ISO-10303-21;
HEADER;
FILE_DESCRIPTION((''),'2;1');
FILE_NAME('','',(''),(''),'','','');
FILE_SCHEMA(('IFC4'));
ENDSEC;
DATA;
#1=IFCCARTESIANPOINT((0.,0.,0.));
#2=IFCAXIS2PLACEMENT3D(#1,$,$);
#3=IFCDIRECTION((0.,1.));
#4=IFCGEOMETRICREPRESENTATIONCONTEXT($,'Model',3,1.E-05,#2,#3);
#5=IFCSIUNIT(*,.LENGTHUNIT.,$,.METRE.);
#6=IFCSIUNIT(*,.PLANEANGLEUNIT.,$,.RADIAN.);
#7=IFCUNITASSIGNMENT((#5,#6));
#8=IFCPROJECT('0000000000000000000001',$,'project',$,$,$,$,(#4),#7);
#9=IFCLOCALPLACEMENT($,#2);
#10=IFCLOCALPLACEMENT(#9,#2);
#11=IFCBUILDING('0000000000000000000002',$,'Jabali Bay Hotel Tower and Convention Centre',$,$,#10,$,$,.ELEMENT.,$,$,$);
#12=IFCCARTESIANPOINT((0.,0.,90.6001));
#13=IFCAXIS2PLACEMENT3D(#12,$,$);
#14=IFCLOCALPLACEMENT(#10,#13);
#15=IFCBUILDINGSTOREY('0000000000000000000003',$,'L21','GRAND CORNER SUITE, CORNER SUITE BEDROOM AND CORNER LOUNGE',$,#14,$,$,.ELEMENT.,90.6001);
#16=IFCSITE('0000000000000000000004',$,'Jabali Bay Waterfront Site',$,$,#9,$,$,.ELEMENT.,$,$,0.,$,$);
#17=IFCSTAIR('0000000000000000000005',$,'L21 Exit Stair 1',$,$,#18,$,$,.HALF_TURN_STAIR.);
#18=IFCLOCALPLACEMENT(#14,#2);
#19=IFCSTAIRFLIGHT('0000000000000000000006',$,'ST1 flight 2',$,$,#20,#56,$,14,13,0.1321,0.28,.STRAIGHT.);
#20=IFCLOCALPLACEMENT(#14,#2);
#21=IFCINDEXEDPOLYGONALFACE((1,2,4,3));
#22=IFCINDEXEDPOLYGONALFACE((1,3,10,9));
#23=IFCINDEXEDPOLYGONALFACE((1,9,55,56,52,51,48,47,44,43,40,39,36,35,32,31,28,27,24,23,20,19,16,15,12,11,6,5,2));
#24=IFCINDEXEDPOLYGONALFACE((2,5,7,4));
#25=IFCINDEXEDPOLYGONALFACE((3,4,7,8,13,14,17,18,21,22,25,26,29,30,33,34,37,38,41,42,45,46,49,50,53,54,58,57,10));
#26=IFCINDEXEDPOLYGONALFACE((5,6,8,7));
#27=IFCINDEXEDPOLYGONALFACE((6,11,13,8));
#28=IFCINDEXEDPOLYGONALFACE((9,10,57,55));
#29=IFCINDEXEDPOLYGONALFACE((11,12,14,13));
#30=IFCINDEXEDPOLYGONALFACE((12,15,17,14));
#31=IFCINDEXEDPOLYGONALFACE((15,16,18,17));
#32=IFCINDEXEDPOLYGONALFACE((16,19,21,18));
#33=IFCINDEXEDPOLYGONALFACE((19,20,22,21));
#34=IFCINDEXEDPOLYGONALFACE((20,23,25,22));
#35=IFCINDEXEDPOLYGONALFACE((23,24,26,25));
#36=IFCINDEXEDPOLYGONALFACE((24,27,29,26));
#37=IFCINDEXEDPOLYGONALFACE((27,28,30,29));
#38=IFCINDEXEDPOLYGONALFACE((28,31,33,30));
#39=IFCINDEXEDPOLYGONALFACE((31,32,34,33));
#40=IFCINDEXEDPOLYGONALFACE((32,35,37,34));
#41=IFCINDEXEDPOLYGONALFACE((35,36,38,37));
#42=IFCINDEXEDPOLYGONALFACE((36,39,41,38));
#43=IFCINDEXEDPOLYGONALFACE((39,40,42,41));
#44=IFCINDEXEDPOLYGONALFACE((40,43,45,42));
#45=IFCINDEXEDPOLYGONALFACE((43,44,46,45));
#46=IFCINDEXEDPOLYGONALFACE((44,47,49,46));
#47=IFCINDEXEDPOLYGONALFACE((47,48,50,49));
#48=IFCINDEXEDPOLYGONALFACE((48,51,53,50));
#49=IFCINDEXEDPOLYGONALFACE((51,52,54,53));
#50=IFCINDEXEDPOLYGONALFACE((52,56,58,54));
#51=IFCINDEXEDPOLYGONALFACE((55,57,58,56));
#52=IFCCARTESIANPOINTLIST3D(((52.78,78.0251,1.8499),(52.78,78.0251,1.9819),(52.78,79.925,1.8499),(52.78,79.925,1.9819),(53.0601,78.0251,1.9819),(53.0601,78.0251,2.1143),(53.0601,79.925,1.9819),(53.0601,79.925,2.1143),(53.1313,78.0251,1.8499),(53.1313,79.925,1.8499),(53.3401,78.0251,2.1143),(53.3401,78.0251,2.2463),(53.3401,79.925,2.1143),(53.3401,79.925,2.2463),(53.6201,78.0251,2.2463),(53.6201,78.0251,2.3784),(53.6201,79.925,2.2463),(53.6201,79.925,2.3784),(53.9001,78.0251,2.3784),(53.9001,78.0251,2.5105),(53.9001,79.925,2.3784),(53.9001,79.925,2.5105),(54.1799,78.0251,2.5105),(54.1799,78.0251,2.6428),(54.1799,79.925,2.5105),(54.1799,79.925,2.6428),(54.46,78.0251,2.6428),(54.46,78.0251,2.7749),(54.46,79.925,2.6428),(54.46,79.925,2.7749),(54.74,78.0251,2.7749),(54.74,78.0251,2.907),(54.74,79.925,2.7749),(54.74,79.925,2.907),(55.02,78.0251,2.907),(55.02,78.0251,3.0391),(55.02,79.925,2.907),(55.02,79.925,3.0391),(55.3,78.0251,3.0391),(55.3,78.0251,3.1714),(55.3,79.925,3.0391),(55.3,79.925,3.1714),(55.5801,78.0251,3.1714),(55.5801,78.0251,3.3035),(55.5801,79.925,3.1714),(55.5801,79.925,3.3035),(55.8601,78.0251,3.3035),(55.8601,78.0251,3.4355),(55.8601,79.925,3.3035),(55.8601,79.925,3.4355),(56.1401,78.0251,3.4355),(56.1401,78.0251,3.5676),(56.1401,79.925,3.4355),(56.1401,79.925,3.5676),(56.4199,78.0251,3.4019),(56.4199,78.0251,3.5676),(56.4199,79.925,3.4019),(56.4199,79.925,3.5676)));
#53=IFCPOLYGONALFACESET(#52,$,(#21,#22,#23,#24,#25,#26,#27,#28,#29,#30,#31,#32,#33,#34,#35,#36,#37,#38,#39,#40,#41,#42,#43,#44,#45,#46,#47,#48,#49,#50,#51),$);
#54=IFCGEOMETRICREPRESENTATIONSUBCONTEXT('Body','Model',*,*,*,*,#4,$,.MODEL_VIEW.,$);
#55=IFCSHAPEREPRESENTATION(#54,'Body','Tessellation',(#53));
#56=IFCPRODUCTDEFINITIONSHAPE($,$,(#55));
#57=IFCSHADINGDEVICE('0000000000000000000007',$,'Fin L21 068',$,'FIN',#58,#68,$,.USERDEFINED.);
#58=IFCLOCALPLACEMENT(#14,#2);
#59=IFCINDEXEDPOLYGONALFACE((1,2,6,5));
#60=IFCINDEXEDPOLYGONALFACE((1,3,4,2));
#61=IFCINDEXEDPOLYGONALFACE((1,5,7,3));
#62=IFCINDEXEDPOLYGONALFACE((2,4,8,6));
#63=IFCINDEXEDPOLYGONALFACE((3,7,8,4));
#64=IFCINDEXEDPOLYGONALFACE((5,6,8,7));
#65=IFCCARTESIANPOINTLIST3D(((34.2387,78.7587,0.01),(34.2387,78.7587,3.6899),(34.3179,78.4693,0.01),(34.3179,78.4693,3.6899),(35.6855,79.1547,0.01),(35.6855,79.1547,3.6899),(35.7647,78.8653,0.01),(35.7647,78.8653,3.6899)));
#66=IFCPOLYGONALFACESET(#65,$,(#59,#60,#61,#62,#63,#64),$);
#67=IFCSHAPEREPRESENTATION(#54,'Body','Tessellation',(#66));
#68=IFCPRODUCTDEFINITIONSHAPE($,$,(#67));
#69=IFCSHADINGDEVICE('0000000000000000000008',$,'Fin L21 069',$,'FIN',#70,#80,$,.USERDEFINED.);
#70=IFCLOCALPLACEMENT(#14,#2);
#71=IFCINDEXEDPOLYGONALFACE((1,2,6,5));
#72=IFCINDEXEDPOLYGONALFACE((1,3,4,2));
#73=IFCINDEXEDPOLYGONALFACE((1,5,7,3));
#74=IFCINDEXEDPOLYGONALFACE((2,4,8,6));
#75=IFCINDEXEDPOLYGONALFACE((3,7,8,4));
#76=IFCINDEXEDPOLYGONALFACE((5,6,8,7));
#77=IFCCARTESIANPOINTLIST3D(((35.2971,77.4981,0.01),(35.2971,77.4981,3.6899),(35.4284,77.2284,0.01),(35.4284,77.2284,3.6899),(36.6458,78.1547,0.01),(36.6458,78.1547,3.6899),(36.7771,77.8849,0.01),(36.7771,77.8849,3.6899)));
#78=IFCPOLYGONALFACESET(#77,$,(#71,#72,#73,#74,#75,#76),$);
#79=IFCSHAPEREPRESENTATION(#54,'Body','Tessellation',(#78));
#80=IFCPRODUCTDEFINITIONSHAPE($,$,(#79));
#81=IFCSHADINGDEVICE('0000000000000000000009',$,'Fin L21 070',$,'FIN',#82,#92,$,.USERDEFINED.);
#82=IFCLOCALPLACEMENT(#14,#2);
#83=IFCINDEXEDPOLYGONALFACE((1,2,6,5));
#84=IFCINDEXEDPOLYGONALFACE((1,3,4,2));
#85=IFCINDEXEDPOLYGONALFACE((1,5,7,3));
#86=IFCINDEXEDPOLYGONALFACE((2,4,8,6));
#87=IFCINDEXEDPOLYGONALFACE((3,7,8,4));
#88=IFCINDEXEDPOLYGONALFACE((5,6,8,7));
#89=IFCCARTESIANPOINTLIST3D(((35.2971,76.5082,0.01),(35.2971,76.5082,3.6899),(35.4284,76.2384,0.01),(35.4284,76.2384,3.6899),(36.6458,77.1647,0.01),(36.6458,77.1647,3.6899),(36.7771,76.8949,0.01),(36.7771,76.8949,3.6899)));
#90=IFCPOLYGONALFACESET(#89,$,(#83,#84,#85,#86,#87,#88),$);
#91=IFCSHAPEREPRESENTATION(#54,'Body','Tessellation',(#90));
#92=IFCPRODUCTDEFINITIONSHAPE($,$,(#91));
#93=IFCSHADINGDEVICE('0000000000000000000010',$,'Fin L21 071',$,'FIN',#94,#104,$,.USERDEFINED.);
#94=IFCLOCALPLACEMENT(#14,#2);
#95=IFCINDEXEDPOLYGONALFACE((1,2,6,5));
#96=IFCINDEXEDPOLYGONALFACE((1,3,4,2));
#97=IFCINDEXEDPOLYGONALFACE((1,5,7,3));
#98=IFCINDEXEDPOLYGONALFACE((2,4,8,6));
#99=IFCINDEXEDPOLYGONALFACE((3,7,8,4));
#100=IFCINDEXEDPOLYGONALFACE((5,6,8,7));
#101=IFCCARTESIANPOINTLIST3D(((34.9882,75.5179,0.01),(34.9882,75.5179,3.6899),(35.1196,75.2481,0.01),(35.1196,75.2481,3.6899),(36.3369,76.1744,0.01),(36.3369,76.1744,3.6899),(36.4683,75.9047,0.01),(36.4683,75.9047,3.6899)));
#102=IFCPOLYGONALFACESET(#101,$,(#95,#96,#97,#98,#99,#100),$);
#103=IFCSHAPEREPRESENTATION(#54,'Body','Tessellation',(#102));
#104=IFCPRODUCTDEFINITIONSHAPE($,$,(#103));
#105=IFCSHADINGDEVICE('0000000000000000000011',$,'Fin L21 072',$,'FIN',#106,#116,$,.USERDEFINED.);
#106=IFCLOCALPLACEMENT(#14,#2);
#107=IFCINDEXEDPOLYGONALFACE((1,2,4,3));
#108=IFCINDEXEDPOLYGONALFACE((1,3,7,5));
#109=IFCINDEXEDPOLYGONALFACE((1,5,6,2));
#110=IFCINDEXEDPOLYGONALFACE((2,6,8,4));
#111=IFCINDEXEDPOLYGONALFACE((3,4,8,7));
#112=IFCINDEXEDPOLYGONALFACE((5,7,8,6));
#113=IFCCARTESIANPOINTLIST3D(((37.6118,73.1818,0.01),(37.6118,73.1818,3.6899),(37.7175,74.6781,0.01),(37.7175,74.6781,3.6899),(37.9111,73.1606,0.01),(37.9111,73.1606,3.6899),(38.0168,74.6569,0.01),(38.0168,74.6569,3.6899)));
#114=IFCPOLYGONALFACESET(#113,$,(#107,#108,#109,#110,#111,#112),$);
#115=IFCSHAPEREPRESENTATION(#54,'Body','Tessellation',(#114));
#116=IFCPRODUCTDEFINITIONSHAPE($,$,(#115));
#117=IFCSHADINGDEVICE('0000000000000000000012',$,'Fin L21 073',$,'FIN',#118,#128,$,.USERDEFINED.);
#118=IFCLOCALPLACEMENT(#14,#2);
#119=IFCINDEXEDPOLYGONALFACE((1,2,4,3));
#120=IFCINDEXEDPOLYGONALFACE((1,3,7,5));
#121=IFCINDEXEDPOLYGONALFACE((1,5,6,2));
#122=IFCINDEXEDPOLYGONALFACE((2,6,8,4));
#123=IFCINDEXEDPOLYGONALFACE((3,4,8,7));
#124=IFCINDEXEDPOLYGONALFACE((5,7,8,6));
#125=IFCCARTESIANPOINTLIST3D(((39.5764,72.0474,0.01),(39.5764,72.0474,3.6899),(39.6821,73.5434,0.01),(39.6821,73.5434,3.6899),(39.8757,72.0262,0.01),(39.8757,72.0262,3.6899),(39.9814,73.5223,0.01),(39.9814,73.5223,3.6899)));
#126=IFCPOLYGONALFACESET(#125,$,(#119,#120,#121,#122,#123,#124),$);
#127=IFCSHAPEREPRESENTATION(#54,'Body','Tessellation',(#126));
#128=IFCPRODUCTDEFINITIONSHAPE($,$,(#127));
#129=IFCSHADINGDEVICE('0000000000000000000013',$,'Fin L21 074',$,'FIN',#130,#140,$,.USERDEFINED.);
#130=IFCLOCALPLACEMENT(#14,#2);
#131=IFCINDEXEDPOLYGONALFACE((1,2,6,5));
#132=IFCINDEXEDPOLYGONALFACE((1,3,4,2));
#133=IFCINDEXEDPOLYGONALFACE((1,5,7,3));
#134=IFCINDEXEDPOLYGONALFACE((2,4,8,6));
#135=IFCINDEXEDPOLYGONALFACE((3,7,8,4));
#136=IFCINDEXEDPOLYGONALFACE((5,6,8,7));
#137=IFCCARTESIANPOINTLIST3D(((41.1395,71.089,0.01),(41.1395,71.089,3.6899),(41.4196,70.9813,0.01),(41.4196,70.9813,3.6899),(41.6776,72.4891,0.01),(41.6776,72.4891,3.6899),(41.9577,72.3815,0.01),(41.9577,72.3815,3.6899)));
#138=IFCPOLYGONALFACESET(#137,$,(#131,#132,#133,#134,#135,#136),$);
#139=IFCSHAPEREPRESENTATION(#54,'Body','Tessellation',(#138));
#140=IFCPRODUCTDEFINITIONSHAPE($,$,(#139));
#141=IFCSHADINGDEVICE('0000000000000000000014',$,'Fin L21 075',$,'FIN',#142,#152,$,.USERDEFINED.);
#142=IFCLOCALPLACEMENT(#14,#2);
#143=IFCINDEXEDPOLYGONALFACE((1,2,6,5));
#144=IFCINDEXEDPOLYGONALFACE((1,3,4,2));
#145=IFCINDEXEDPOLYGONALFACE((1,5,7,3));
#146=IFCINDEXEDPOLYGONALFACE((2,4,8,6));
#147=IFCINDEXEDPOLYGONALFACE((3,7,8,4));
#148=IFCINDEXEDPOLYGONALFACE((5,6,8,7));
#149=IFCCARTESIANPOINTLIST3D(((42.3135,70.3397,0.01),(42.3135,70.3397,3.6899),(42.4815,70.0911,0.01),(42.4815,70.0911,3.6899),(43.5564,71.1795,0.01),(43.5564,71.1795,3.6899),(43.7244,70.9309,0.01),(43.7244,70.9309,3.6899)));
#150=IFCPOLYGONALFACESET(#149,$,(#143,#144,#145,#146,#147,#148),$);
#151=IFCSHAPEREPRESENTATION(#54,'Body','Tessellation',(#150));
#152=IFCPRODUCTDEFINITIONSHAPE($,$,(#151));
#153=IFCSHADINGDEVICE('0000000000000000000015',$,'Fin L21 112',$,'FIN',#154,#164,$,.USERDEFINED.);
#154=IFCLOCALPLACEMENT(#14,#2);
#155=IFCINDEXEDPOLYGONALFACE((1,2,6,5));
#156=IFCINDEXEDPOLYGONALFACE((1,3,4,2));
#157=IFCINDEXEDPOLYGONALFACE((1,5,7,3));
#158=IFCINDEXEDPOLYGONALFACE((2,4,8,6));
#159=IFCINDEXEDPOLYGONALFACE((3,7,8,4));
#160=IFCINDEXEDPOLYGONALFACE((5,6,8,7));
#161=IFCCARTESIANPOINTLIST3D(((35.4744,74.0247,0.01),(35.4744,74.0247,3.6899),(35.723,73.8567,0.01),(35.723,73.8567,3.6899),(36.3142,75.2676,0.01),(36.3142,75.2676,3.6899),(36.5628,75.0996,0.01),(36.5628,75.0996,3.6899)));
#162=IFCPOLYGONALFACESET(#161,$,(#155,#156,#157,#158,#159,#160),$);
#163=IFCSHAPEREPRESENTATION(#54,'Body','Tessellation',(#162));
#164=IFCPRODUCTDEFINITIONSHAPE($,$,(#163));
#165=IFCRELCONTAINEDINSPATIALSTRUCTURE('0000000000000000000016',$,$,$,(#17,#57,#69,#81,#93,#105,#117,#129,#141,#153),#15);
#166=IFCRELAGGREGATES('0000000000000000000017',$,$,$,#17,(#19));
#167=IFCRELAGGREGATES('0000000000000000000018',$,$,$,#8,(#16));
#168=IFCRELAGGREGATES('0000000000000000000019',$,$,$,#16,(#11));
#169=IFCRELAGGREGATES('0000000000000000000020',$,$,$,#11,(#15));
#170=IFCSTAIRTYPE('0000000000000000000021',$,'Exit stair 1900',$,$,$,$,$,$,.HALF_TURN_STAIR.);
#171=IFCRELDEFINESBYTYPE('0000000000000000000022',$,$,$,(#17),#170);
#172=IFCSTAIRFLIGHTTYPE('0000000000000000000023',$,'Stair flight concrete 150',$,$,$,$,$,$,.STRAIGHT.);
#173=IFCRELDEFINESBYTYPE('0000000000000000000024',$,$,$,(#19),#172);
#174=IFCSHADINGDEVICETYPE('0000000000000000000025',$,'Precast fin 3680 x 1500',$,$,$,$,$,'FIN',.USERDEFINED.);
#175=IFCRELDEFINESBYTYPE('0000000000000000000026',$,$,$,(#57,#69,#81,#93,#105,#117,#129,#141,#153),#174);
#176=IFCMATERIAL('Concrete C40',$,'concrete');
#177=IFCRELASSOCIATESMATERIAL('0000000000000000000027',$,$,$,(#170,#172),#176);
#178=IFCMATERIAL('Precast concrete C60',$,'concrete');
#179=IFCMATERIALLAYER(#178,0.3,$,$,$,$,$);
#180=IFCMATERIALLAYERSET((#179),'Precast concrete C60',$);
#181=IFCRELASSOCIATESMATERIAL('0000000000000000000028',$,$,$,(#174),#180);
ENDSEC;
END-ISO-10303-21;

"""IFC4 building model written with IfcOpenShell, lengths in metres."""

from ifc_helpers import new_model, si_unit, direction, frame, frame_2d, origin, place, context, subcontext, project, spatial, polyline, rectangle, outline, extrude, material, layer, layer_set, type_object, element, aggregate, save


model = new_model("IFC4")

# Units and contexts
model_context = context("Model", 3, precision=1e-05, world=origin(), true_north=direction((0.0, 1.0)))
body_context = subcontext(model_context, "Body", "Model", "MODEL_VIEW")
ifc_project = project(units=[si_unit("LENGTHUNIT", "METRE"), si_unit("PLANEANGLEUNIT", "RADIAN")], contexts=[model_context])

# Site, building, storey
site_placement = place(None, origin())
site = spatial("IfcSite", under=ifc_project, at=site_placement, Name="Jabali Bay Waterfront Site", CompositionType="ELEMENT", RefElevation=0.0)
building_placement = place(site_placement, origin())
building = spatial("IfcBuilding", under=site, at=building_placement, Name="Jabali Bay Hotel Tower and Convention Centre", CompositionType="ELEMENT")
storey_placement = place(building_placement, frame((0.0, 0.0, 90.6001)))
storey = spatial("IfcBuildingStorey", under=building, at=storey_placement, Name="L21", Description="GRAND CORNER SUITE, CORNER SUITE BEDROOM AND CORNER LOUNGE", CompositionType="ELEMENT", Elevation=90.6001)

# Shared definitions
ifc_material_1 = material(Name="Concrete C40", Category="concrete")

# Stair, stair flight
stair_type = type_object("IfcStairType", Name="Exit stair 1900", PredefinedType="HALF_TURN_STAIR", material=ifc_material_1)
stair_placement = place(storey_placement, origin())
stair = element("IfcStair", 1, at=stair_placement, inside=storey, type_object=stair_type, Name="L21 Exit Stair 1", PredefinedType="HALF_TURN_STAIR")
stair_flight_type = type_object("IfcStairFlightType", Name="Stair flight concrete 150", PredefinedType="STRAIGHT", material=ifc_material_1)
stair_flight_placement = place(storey_placement, frame((52.78, 78.9751, 1.8499), z_axis=(0.0, 0.0, 1.0), x_axis=(1.0, 0.0, 0.0)))
stair_flight = element("IfcStairFlight", 2, at=stair_flight_placement, type_object=stair_flight_type, Name="ST1 flight 2", NumberOfRisers=14, NumberOfTreads=13, PredefinedType="STRAIGHT", RiserHeight=0.1321, TreadLength=0.28, context=body_context, shape_type="SweptSolid", body=[
    extrude(outline(polyline([(0.0, 0.0), (0.0, 0.1321), (0.28, 0.1321), (0.28, 0.2644), (0.5601, 0.2644), (0.5601, 0.3965), (0.8401, 0.3965), (0.8401, 0.5286), (1.1201, 0.5286), (1.1201, 0.6606), (1.3999, 0.6606), (1.3999, 0.793), (1.6799, 0.793), (1.6799, 0.925), (1.96, 0.925), (1.96, 1.0571), (2.24, 1.0571), (2.24, 1.1892), (2.52, 1.1892), (2.52, 1.3215), (2.8, 1.3215), (2.8, 1.4536), (3.0801, 1.4536), (3.0801, 1.5857), (3.3601, 1.5857), (3.3601, 1.7178), (3.6399, 1.7178), (3.6399, 1.8501), (3.6399, 1.552), (0.3513, 0.0), (0.0, 0.0)])), frame((0.0, 0.95, 0.0), z_axis=(0.0, -1.0, 0.0), x_axis=(1.0, 0.0, 0.0)), (0.0, 0.0, 1.0), 1.8999),
])
aggregate(stair, [stair_flight])

# Shading devices
ifc_material_2 = material(Name="Precast concrete C60", Category="concrete")
ifc_layer_1 = layer(ifc_material_2, 0.3)
ifc_layer_set_1 = layer_set([ifc_layer_1], Name="Precast concrete C60")
shading_device_type = type_object("IfcShadingDeviceType", Name="Precast fin 3680 x 1500", ElementType="FIN", PredefinedType="USERDEFINED", material=ifc_layer_set_1)
for number, where, z_axis, x_axis, name in (
    (3, (35.7251, 79.01, 0.01), (0.0, 0.0, 1.0), (-0.964523, -0.263999, 0.0), "Fin L21 068"),
    (4, (36.7114, 78.0198, 0.01), (0.0, 0.0, 1.0), (-0.899129, -0.437683, 0.0), "Fin L21 069"),
    (5, (36.7114, 77.0298, 0.01), (0.0, 0.0, 1.0), (-0.899129, -0.437683, 0.0), "Fin L21 070"),
    (6, (36.4026, 76.0396, 0.01), (0.0, 0.0, 1.0), (-0.899129, -0.437683, 0.0), "Fin L21 071"),
    (7, (37.8672, 74.6675, 0.01), (0.0, 0.0, 1.0), (-0.070472, -0.997514, 0.0), "Fin L21 072"),
):
    element("IfcShadingDevice", number, at=place(storey_placement, frame(where, z_axis=z_axis, x_axis=x_axis)), inside=storey, type_object=shading_device_type, Name=name, ObjectType="FIN", PredefinedType="USERDEFINED", context=body_context, shape_type="SweptSolid", body=[
        extrude(rectangle(XDim=1.5, YDim=0.3, at=frame_2d((0.75, 0.0))), origin(), (0.0, 0.0, 1.0), 3.6799),
    ])
shading_device_placement = place(storey_placement, frame((39.8318, 73.533, 0.01), z_axis=(0.0, 0.0, 1.0), x_axis=(-0.070484, -0.997513, 0.0)))
element("IfcShadingDevice", 8, at=shading_device_placement, inside=storey, type_object=shading_device_type, Name="Fin L21 073", ObjectType="FIN", PredefinedType="USERDEFINED", context=body_context, shape_type="SweptSolid", body=[
    extrude(rectangle(XDim=1.4998, YDim=0.3, at=frame_2d((0.75, 0.0))), origin(), (0.0, 0.0, 1.0), 3.6799),
])
for number, where, z_axis, x_axis, name in (
    (9, (41.8176, 72.4353, 0.01), (0.0, 0.0, 1.0), (-0.358728, -0.933442, 0.0), "Fin L21 074"),
    (10, (43.6404, 71.0552, 0.01), (0.0, 0.0, 1.0), (-0.828579, -0.559873, 0.0), "Fin L21 075"),
    (11, (36.4385, 75.1836, 0.01), (0.0, 0.0, 1.0), (-0.559873, -0.828579, 0.0), "Fin L21 112"),
):
    element("IfcShadingDevice", number, at=place(storey_placement, frame(where, z_axis=z_axis, x_axis=x_axis)), inside=storey, type_object=shading_device_type, Name=name, ObjectType="FIN", PredefinedType="USERDEFINED", context=body_context, shape_type="SweptSolid", body=[
        extrude(rectangle(XDim=1.5, YDim=0.3, at=frame_2d((0.75, 0.0))), origin(), (0.0, 0.0, 1.0), 3.6799),
    ])

save(model, "model.ifc")
